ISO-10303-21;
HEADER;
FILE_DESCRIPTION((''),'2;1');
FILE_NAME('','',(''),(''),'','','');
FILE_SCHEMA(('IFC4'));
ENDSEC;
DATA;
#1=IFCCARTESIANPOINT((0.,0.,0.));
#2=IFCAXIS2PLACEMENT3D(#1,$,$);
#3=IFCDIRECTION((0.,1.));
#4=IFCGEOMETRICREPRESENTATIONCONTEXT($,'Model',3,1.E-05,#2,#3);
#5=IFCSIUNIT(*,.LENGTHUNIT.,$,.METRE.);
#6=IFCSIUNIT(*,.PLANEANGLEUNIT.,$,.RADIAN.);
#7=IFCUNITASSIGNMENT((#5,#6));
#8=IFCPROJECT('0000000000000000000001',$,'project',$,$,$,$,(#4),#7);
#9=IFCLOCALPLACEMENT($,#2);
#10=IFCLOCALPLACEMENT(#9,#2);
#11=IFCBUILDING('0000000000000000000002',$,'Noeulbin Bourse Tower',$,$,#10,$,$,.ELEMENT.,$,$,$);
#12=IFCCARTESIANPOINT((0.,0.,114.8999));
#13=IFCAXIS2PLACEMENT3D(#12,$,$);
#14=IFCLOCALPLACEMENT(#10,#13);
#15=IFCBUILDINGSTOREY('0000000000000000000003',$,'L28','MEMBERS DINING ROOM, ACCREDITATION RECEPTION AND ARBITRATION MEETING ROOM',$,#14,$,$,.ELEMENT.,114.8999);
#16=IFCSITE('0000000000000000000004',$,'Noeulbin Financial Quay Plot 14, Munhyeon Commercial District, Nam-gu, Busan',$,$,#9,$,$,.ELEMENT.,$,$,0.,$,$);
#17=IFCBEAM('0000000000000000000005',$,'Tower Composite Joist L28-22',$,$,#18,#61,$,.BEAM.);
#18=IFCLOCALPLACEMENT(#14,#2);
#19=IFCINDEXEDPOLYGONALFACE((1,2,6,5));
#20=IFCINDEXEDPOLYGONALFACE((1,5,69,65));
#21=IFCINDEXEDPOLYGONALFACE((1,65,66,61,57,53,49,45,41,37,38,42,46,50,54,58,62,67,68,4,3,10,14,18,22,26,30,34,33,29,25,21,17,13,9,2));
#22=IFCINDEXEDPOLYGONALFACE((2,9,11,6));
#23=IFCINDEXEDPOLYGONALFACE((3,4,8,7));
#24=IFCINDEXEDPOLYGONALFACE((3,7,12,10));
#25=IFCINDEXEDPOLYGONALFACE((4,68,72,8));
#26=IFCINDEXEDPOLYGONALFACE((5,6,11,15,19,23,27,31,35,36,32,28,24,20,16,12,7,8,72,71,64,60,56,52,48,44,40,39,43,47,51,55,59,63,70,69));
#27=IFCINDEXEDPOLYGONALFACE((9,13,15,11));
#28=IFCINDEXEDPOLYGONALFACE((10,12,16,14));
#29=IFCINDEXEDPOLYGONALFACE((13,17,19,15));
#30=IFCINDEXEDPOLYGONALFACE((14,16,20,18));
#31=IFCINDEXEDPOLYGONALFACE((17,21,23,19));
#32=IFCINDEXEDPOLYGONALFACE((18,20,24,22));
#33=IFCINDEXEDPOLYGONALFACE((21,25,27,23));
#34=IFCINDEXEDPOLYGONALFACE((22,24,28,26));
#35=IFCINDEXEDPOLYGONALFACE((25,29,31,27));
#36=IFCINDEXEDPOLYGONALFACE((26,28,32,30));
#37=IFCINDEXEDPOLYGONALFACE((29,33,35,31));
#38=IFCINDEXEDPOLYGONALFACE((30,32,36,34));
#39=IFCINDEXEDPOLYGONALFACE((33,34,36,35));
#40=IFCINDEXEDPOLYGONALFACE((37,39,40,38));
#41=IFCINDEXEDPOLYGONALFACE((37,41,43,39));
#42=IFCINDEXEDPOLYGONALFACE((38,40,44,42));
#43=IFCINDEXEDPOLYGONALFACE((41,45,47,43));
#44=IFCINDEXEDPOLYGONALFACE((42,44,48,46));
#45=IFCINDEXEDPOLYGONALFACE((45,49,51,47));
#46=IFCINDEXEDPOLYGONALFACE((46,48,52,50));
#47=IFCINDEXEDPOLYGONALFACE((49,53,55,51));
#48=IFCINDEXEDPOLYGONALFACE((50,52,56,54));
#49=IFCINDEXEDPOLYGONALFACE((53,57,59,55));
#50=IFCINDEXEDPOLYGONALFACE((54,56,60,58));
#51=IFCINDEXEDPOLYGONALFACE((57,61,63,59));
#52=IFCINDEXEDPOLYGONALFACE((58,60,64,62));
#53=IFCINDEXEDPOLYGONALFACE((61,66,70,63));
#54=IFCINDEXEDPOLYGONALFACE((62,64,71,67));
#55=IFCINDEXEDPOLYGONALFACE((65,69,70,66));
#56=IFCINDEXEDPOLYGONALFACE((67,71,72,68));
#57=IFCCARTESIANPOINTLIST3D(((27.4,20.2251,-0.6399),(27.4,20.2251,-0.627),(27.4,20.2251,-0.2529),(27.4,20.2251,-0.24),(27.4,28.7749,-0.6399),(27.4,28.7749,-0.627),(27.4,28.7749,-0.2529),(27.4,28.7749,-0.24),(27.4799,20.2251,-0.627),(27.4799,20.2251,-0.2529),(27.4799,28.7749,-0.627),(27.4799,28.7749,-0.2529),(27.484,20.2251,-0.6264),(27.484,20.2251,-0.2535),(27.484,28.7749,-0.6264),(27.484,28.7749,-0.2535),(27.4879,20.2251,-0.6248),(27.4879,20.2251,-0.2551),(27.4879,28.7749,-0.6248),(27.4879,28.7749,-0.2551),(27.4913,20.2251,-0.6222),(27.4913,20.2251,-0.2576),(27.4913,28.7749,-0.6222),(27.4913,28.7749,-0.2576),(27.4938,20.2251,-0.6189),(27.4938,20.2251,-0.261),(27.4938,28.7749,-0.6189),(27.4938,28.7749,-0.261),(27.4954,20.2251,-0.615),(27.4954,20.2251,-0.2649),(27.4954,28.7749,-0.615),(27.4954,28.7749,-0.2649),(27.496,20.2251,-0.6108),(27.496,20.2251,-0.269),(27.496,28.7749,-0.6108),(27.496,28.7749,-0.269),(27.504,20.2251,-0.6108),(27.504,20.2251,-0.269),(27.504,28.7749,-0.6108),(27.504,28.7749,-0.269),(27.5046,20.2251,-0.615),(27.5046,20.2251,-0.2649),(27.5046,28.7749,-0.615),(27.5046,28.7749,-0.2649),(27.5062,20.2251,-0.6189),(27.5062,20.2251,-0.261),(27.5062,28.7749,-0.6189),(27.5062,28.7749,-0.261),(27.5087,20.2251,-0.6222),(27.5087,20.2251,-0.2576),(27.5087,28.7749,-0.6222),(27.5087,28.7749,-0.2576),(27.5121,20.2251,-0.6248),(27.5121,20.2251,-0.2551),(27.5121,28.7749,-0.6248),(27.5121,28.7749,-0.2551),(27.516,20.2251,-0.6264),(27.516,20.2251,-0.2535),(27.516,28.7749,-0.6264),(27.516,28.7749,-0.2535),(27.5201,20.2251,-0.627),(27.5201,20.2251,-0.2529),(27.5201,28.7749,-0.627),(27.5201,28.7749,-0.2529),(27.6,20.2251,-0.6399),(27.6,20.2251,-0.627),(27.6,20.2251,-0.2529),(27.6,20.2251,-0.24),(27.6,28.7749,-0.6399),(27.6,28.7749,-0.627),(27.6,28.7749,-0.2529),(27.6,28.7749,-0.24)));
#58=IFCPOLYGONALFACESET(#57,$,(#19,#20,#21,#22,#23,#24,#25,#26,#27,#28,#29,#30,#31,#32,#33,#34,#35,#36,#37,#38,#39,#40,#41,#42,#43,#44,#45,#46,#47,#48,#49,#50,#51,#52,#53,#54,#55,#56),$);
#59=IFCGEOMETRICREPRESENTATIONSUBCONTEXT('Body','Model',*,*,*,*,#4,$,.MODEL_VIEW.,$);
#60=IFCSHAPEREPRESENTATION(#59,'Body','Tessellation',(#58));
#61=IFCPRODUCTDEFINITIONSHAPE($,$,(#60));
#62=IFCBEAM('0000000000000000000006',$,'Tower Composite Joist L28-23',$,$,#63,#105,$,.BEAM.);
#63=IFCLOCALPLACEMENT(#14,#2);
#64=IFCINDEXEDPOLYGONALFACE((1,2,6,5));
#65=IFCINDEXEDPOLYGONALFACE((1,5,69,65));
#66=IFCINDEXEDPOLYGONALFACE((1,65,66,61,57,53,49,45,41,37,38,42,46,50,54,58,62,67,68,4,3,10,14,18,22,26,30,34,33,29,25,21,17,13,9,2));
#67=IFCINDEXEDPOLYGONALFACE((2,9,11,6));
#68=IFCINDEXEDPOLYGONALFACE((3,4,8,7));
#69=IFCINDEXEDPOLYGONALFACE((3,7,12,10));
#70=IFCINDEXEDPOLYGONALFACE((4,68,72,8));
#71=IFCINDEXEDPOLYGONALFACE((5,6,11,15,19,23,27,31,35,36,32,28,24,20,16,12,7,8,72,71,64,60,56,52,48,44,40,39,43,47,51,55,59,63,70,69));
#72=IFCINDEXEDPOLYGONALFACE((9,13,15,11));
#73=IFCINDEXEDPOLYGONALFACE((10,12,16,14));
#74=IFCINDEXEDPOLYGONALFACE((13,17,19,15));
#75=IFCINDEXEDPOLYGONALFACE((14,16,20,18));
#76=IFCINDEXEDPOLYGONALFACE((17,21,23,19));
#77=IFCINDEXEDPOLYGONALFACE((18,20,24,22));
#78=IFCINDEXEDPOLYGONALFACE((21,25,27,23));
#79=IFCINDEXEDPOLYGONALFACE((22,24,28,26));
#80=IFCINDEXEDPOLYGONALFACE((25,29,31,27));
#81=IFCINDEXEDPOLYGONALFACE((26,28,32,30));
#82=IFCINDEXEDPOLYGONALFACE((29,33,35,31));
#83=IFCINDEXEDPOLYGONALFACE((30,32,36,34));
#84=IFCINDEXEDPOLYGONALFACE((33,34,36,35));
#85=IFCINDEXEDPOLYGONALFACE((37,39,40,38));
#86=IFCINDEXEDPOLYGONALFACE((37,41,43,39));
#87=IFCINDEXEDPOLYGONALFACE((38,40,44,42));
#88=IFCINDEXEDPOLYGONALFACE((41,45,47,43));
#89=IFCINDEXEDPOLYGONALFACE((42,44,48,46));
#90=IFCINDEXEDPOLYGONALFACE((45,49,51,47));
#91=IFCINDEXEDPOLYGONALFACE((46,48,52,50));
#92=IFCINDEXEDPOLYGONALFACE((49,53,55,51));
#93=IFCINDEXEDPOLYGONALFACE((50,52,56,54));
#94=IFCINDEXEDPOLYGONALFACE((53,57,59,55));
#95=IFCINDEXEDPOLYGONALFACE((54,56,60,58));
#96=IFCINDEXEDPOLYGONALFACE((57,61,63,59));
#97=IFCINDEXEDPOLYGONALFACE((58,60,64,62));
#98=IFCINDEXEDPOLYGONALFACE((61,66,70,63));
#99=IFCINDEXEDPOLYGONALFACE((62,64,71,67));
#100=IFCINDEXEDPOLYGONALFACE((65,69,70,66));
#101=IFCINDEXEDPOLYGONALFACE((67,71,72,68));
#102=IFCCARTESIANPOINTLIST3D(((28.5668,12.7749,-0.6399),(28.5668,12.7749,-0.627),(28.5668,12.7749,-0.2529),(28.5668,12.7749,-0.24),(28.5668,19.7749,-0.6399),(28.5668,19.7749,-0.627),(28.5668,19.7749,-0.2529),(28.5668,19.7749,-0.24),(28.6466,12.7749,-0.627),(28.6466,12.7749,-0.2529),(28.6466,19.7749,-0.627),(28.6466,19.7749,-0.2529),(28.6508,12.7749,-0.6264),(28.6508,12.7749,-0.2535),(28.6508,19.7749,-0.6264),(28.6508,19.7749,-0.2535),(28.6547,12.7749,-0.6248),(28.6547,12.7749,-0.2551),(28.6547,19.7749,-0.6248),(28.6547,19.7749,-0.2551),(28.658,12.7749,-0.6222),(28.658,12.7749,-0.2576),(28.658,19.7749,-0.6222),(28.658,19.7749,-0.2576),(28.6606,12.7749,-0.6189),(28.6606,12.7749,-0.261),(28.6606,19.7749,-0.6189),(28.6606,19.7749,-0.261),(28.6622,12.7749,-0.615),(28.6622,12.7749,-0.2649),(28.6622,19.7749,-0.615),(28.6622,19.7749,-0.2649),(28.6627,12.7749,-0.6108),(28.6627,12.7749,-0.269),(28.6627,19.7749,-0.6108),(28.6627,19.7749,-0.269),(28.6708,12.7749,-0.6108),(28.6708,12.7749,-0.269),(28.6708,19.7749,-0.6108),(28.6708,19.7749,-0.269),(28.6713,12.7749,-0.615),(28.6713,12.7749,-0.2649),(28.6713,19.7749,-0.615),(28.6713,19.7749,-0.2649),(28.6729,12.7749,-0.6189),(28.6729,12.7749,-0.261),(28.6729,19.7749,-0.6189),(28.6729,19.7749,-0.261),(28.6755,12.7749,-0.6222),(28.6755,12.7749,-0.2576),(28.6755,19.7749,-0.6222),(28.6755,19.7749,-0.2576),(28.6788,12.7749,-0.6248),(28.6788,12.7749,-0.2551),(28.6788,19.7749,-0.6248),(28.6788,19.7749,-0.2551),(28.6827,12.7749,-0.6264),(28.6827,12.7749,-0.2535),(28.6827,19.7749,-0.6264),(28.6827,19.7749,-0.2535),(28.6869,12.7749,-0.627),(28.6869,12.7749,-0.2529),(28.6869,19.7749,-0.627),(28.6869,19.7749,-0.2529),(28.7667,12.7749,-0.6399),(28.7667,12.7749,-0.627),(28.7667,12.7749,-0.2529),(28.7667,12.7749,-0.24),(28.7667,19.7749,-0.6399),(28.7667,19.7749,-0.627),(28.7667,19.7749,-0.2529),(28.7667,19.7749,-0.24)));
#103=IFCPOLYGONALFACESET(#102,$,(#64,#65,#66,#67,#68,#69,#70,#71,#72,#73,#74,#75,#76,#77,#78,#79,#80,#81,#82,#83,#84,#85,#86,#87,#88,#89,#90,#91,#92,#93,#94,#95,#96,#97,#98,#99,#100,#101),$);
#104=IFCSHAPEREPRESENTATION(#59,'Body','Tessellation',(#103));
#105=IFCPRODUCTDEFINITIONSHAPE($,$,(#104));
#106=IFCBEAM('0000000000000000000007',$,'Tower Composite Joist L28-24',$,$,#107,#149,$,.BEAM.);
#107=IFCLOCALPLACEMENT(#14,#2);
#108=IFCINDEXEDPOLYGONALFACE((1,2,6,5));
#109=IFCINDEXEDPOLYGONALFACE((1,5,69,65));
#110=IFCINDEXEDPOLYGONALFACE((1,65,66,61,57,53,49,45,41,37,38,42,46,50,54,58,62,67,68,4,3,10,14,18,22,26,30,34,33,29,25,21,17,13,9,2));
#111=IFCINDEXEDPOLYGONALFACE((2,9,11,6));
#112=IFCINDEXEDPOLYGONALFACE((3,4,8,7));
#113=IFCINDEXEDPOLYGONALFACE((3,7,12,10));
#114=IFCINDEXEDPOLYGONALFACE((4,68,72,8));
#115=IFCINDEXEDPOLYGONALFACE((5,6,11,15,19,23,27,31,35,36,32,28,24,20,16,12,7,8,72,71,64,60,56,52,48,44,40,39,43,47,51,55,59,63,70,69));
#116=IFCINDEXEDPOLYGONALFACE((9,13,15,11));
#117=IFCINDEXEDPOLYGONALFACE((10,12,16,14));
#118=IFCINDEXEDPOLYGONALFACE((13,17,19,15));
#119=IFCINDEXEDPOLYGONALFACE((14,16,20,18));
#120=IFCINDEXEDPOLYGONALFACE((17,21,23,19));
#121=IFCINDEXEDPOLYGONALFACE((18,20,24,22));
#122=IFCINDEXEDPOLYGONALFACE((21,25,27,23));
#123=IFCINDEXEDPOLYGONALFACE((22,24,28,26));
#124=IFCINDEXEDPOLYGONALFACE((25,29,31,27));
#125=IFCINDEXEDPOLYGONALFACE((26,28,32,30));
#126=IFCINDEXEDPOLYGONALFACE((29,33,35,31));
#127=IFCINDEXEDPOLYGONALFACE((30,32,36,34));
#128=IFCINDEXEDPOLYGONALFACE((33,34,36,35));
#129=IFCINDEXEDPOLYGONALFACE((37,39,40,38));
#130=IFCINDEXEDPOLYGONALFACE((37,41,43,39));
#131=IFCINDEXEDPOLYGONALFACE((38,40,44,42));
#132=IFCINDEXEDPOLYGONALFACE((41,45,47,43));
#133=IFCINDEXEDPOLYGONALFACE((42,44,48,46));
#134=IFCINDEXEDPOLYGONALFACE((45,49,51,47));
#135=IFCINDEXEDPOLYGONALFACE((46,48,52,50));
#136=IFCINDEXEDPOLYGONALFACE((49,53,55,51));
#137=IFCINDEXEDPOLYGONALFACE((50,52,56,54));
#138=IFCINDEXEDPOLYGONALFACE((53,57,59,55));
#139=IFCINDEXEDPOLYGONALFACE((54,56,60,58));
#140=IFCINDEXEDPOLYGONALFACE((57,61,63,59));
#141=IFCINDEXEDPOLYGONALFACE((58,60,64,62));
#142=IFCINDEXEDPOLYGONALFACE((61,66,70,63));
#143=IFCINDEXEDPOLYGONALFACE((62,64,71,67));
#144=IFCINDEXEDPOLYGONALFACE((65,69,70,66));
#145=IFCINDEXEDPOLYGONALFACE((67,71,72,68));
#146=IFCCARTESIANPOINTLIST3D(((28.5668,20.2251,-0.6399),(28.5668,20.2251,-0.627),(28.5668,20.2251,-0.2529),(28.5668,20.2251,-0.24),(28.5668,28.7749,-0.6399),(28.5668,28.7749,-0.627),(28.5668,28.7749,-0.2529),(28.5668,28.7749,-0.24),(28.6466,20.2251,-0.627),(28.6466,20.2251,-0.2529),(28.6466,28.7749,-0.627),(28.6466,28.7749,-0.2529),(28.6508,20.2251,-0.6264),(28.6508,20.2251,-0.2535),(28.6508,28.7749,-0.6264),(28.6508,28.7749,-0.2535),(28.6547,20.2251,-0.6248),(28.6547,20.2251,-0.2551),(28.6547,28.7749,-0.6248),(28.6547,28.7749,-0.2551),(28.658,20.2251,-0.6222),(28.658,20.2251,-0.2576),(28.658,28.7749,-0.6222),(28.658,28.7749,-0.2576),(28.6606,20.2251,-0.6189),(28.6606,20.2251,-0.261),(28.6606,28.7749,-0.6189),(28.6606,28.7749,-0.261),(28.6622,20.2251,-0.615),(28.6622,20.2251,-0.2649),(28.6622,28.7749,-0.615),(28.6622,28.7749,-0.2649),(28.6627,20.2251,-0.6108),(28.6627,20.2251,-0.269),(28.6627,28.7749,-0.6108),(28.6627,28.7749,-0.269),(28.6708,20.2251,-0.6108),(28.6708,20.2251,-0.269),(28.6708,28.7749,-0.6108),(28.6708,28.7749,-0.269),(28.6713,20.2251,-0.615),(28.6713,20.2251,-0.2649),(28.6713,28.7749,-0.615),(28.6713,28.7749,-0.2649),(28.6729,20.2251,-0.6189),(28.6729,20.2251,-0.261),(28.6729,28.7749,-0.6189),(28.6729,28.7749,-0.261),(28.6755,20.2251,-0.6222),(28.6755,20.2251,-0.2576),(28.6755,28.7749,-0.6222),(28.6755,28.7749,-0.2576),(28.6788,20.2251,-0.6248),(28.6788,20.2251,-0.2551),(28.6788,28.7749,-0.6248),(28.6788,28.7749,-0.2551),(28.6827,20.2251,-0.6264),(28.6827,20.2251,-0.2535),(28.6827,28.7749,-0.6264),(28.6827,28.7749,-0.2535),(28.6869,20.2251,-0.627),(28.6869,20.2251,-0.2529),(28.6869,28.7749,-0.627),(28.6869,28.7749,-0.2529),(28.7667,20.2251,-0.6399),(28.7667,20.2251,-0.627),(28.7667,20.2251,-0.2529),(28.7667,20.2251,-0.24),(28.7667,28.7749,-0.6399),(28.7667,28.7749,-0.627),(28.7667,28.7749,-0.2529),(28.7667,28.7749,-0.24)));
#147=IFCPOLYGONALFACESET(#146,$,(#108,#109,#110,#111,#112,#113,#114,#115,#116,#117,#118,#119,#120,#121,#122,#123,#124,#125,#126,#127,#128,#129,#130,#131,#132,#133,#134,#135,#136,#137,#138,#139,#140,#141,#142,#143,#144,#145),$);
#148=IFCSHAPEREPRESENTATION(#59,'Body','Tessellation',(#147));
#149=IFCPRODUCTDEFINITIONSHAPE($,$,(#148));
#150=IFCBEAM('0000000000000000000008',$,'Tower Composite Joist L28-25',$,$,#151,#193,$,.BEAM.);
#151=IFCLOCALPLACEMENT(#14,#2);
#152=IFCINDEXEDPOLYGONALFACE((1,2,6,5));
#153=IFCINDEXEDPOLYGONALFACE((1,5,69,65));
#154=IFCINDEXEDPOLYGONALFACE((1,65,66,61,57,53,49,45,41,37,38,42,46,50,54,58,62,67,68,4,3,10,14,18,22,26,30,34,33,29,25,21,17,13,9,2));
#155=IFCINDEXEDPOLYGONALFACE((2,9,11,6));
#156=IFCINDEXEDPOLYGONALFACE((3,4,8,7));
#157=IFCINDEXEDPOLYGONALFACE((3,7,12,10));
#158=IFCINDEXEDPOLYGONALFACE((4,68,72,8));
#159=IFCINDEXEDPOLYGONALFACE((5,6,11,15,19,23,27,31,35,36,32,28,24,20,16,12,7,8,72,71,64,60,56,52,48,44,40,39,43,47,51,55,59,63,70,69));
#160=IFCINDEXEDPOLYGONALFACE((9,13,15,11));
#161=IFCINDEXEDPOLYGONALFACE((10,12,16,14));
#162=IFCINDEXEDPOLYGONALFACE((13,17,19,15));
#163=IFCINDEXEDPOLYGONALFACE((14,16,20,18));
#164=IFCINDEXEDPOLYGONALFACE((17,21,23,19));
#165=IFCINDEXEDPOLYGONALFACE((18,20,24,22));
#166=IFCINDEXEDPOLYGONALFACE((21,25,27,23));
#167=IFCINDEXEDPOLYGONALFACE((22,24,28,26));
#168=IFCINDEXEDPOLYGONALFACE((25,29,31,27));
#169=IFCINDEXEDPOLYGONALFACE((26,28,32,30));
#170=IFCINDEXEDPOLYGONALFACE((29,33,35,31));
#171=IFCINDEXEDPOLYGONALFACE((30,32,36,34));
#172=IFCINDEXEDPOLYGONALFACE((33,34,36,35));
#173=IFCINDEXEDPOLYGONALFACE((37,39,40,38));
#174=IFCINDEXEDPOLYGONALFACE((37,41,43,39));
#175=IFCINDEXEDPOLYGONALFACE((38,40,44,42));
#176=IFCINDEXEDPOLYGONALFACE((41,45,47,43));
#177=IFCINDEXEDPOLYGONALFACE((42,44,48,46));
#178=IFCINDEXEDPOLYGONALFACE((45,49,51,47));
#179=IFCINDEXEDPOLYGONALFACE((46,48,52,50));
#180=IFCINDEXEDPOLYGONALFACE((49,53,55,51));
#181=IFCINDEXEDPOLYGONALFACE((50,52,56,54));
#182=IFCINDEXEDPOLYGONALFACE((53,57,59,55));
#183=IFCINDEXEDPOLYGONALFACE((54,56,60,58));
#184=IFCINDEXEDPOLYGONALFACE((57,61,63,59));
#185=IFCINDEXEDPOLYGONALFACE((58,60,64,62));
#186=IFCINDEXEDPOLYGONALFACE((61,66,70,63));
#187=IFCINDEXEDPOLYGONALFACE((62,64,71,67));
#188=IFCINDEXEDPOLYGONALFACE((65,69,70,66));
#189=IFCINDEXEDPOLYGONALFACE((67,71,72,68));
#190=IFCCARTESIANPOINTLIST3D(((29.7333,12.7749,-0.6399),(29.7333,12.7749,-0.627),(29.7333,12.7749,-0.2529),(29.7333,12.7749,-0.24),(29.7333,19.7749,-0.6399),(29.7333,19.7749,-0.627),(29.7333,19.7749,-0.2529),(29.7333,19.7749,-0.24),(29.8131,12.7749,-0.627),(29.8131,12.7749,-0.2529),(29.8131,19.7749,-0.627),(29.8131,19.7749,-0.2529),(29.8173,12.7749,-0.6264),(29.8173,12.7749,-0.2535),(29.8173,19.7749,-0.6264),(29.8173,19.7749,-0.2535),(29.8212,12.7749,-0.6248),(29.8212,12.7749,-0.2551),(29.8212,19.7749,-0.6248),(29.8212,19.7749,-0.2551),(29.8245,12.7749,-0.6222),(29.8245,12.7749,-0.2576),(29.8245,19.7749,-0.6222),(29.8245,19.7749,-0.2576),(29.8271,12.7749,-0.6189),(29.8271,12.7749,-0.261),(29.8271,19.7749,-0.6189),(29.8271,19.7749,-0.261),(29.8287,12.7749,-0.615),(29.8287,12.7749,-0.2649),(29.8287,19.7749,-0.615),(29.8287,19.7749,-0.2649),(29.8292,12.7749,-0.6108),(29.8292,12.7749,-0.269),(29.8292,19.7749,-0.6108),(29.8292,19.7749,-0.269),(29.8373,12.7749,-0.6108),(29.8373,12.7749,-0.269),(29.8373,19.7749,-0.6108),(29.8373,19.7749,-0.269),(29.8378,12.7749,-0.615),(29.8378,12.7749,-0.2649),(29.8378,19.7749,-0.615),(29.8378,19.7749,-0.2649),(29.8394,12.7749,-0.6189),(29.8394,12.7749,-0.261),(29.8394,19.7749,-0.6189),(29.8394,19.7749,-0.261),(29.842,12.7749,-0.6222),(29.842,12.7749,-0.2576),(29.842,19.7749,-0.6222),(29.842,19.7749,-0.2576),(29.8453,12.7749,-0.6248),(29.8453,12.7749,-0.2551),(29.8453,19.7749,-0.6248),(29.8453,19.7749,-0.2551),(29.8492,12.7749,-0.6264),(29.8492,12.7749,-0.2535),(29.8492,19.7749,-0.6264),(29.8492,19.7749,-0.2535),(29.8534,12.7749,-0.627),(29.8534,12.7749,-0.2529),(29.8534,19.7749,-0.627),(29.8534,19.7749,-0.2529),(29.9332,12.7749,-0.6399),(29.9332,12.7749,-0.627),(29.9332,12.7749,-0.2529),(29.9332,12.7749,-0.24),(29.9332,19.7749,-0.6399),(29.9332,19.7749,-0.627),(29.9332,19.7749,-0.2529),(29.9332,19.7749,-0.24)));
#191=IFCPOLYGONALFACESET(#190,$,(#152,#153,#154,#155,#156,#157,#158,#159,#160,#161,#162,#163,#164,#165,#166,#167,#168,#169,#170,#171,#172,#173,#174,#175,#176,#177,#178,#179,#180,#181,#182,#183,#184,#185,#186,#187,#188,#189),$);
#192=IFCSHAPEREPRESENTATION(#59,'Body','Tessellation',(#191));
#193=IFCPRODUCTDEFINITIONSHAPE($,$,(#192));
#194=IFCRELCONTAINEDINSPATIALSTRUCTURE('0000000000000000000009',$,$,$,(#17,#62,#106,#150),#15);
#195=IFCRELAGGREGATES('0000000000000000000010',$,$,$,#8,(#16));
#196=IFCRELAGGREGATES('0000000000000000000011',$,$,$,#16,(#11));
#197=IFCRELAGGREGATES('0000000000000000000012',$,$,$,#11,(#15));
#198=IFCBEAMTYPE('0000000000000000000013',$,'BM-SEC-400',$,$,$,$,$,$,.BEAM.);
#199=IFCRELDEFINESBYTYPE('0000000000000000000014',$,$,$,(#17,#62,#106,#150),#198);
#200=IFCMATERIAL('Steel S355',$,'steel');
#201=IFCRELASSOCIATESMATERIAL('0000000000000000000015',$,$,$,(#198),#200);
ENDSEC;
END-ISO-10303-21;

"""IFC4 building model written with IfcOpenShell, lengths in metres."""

from ifc_helpers import new_model, si_unit, direction, frame, origin, origin_2d, place, context, subcontext, project, spatial, i_section, extrude, material, material_profile, profile_set, type_object, element, save


model = new_model("IFC4")

# Units and contexts
model_context = context("Model", 3, precision=1e-05, world=origin(), true_north=direction((0.0, 1.0)))
body_context = subcontext(model_context, "Body", "Model", "MODEL_VIEW")
ifc_project = project(units=[si_unit("LENGTHUNIT", "METRE"), si_unit("PLANEANGLEUNIT", "RADIAN")], contexts=[model_context])

# Site, building, storey
site_placement = place(None, origin())
site = spatial("IfcSite", under=ifc_project, at=site_placement, Name="Noeulbin Financial Quay Plot 14, Munhyeon Commercial District, Nam-gu, Busan", CompositionType="ELEMENT", RefElevation=0.0)
building_placement = place(site_placement, origin())
building = spatial("IfcBuilding", under=site, at=building_placement, Name="Noeulbin Bourse Tower", CompositionType="ELEMENT")
storey_placement = place(building_placement, frame((0.0, 0.0, 114.8999)))
storey = spatial("IfcBuildingStorey", under=building, at=storey_placement, Name="L28", Description="MEMBERS DINING ROOM, ACCREDITATION RECEPTION AND ARBITRATION MEETING ROOM", CompositionType="ELEMENT", Elevation=114.8999)

# Beams
ifc_material_1 = material(Name="Steel S355", Category="steel")
ifc_material_profile_1 = material_profile(ifc_material_1, i_section(OverallWidth=0.2, OverallDepth=0.3999, WebThickness=0.0081, FlangeThickness=0.0129, FilletRadius=0.0161, at=origin_2d()), Name="H-400x200x8x13", Category="LoadBearing")
ifc_profile_set_1 = profile_set([ifc_material_profile_1], Name="Steel S355")
beam_type_1 = type_object("IfcBeamType", Name="BM-SEC-400", PredefinedType="BEAM", material=ifc_profile_set_1)
beam_1_placement = place(storey_placement, frame((27.5, 20.2251, -0.4399), z_axis=(0.0, 1.0, 0.0), x_axis=(-1.0, 0.0, 0.0)))
element("IfcBeam", 1, at=beam_1_placement, inside=storey, type_object=beam_type_1, Name="Tower Composite Joist L28-22", PredefinedType="BEAM", context=body_context, shape_type="SweptSolid", body=[
    extrude(i_section(OverallWidth=0.2, OverallDepth=0.3999, WebThickness=0.0081, FlangeThickness=0.0129, FilletRadius=0.0161, at=origin_2d()), origin(), (0.0, 0.0, 1.0), 8.5498),
])
beam_2_placement = place(storey_placement, frame((28.6667, 12.7749, -0.4399), z_axis=(0.0, 1.0, 0.0), x_axis=(-1.0, 0.0, 0.0)))
element("IfcBeam", 2, at=beam_2_placement, inside=storey, type_object=beam_type_1, Name="Tower Composite Joist L28-23", PredefinedType="BEAM", context=body_context, shape_type="SweptSolid", body=[
    extrude(i_section(OverallWidth=0.2, OverallDepth=0.3999, WebThickness=0.0081, FlangeThickness=0.0129, FilletRadius=0.0161, at=origin_2d()), origin(), (0.0, 0.0, 1.0), 7.0),
])
beam_3_placement = place(storey_placement, frame((28.6667, 20.2251, -0.4399), z_axis=(0.0, 1.0, 0.0), x_axis=(-1.0, 0.0, 0.0)))
element("IfcBeam", 3, at=beam_3_placement, inside=storey, type_object=beam_type_1, Name="Tower Composite Joist L28-24", PredefinedType="BEAM", context=body_context, shape_type="SweptSolid", body=[
    extrude(i_section(OverallWidth=0.2, OverallDepth=0.3999, WebThickness=0.0081, FlangeThickness=0.0129, FilletRadius=0.0161, at=origin_2d()), origin(), (0.0, 0.0, 1.0), 8.5498),
])
beam_4_placement = place(storey_placement, frame((29.8333, 12.7749, -0.4399), z_axis=(0.0, 1.0, 0.0), x_axis=(-1.0, 0.0, 0.0)))
element("IfcBeam", 4, at=beam_4_placement, inside=storey, type_object=beam_type_1, Name="Tower Composite Joist L28-25", PredefinedType="BEAM", context=body_context, shape_type="SweptSolid", body=[
    extrude(i_section(OverallWidth=0.2, OverallDepth=0.3999, WebThickness=0.0081, FlangeThickness=0.0129, FilletRadius=0.0161, at=origin_2d()), origin(), (0.0, 0.0, 1.0), 7.0),
])

save(model, "model.ifc")
